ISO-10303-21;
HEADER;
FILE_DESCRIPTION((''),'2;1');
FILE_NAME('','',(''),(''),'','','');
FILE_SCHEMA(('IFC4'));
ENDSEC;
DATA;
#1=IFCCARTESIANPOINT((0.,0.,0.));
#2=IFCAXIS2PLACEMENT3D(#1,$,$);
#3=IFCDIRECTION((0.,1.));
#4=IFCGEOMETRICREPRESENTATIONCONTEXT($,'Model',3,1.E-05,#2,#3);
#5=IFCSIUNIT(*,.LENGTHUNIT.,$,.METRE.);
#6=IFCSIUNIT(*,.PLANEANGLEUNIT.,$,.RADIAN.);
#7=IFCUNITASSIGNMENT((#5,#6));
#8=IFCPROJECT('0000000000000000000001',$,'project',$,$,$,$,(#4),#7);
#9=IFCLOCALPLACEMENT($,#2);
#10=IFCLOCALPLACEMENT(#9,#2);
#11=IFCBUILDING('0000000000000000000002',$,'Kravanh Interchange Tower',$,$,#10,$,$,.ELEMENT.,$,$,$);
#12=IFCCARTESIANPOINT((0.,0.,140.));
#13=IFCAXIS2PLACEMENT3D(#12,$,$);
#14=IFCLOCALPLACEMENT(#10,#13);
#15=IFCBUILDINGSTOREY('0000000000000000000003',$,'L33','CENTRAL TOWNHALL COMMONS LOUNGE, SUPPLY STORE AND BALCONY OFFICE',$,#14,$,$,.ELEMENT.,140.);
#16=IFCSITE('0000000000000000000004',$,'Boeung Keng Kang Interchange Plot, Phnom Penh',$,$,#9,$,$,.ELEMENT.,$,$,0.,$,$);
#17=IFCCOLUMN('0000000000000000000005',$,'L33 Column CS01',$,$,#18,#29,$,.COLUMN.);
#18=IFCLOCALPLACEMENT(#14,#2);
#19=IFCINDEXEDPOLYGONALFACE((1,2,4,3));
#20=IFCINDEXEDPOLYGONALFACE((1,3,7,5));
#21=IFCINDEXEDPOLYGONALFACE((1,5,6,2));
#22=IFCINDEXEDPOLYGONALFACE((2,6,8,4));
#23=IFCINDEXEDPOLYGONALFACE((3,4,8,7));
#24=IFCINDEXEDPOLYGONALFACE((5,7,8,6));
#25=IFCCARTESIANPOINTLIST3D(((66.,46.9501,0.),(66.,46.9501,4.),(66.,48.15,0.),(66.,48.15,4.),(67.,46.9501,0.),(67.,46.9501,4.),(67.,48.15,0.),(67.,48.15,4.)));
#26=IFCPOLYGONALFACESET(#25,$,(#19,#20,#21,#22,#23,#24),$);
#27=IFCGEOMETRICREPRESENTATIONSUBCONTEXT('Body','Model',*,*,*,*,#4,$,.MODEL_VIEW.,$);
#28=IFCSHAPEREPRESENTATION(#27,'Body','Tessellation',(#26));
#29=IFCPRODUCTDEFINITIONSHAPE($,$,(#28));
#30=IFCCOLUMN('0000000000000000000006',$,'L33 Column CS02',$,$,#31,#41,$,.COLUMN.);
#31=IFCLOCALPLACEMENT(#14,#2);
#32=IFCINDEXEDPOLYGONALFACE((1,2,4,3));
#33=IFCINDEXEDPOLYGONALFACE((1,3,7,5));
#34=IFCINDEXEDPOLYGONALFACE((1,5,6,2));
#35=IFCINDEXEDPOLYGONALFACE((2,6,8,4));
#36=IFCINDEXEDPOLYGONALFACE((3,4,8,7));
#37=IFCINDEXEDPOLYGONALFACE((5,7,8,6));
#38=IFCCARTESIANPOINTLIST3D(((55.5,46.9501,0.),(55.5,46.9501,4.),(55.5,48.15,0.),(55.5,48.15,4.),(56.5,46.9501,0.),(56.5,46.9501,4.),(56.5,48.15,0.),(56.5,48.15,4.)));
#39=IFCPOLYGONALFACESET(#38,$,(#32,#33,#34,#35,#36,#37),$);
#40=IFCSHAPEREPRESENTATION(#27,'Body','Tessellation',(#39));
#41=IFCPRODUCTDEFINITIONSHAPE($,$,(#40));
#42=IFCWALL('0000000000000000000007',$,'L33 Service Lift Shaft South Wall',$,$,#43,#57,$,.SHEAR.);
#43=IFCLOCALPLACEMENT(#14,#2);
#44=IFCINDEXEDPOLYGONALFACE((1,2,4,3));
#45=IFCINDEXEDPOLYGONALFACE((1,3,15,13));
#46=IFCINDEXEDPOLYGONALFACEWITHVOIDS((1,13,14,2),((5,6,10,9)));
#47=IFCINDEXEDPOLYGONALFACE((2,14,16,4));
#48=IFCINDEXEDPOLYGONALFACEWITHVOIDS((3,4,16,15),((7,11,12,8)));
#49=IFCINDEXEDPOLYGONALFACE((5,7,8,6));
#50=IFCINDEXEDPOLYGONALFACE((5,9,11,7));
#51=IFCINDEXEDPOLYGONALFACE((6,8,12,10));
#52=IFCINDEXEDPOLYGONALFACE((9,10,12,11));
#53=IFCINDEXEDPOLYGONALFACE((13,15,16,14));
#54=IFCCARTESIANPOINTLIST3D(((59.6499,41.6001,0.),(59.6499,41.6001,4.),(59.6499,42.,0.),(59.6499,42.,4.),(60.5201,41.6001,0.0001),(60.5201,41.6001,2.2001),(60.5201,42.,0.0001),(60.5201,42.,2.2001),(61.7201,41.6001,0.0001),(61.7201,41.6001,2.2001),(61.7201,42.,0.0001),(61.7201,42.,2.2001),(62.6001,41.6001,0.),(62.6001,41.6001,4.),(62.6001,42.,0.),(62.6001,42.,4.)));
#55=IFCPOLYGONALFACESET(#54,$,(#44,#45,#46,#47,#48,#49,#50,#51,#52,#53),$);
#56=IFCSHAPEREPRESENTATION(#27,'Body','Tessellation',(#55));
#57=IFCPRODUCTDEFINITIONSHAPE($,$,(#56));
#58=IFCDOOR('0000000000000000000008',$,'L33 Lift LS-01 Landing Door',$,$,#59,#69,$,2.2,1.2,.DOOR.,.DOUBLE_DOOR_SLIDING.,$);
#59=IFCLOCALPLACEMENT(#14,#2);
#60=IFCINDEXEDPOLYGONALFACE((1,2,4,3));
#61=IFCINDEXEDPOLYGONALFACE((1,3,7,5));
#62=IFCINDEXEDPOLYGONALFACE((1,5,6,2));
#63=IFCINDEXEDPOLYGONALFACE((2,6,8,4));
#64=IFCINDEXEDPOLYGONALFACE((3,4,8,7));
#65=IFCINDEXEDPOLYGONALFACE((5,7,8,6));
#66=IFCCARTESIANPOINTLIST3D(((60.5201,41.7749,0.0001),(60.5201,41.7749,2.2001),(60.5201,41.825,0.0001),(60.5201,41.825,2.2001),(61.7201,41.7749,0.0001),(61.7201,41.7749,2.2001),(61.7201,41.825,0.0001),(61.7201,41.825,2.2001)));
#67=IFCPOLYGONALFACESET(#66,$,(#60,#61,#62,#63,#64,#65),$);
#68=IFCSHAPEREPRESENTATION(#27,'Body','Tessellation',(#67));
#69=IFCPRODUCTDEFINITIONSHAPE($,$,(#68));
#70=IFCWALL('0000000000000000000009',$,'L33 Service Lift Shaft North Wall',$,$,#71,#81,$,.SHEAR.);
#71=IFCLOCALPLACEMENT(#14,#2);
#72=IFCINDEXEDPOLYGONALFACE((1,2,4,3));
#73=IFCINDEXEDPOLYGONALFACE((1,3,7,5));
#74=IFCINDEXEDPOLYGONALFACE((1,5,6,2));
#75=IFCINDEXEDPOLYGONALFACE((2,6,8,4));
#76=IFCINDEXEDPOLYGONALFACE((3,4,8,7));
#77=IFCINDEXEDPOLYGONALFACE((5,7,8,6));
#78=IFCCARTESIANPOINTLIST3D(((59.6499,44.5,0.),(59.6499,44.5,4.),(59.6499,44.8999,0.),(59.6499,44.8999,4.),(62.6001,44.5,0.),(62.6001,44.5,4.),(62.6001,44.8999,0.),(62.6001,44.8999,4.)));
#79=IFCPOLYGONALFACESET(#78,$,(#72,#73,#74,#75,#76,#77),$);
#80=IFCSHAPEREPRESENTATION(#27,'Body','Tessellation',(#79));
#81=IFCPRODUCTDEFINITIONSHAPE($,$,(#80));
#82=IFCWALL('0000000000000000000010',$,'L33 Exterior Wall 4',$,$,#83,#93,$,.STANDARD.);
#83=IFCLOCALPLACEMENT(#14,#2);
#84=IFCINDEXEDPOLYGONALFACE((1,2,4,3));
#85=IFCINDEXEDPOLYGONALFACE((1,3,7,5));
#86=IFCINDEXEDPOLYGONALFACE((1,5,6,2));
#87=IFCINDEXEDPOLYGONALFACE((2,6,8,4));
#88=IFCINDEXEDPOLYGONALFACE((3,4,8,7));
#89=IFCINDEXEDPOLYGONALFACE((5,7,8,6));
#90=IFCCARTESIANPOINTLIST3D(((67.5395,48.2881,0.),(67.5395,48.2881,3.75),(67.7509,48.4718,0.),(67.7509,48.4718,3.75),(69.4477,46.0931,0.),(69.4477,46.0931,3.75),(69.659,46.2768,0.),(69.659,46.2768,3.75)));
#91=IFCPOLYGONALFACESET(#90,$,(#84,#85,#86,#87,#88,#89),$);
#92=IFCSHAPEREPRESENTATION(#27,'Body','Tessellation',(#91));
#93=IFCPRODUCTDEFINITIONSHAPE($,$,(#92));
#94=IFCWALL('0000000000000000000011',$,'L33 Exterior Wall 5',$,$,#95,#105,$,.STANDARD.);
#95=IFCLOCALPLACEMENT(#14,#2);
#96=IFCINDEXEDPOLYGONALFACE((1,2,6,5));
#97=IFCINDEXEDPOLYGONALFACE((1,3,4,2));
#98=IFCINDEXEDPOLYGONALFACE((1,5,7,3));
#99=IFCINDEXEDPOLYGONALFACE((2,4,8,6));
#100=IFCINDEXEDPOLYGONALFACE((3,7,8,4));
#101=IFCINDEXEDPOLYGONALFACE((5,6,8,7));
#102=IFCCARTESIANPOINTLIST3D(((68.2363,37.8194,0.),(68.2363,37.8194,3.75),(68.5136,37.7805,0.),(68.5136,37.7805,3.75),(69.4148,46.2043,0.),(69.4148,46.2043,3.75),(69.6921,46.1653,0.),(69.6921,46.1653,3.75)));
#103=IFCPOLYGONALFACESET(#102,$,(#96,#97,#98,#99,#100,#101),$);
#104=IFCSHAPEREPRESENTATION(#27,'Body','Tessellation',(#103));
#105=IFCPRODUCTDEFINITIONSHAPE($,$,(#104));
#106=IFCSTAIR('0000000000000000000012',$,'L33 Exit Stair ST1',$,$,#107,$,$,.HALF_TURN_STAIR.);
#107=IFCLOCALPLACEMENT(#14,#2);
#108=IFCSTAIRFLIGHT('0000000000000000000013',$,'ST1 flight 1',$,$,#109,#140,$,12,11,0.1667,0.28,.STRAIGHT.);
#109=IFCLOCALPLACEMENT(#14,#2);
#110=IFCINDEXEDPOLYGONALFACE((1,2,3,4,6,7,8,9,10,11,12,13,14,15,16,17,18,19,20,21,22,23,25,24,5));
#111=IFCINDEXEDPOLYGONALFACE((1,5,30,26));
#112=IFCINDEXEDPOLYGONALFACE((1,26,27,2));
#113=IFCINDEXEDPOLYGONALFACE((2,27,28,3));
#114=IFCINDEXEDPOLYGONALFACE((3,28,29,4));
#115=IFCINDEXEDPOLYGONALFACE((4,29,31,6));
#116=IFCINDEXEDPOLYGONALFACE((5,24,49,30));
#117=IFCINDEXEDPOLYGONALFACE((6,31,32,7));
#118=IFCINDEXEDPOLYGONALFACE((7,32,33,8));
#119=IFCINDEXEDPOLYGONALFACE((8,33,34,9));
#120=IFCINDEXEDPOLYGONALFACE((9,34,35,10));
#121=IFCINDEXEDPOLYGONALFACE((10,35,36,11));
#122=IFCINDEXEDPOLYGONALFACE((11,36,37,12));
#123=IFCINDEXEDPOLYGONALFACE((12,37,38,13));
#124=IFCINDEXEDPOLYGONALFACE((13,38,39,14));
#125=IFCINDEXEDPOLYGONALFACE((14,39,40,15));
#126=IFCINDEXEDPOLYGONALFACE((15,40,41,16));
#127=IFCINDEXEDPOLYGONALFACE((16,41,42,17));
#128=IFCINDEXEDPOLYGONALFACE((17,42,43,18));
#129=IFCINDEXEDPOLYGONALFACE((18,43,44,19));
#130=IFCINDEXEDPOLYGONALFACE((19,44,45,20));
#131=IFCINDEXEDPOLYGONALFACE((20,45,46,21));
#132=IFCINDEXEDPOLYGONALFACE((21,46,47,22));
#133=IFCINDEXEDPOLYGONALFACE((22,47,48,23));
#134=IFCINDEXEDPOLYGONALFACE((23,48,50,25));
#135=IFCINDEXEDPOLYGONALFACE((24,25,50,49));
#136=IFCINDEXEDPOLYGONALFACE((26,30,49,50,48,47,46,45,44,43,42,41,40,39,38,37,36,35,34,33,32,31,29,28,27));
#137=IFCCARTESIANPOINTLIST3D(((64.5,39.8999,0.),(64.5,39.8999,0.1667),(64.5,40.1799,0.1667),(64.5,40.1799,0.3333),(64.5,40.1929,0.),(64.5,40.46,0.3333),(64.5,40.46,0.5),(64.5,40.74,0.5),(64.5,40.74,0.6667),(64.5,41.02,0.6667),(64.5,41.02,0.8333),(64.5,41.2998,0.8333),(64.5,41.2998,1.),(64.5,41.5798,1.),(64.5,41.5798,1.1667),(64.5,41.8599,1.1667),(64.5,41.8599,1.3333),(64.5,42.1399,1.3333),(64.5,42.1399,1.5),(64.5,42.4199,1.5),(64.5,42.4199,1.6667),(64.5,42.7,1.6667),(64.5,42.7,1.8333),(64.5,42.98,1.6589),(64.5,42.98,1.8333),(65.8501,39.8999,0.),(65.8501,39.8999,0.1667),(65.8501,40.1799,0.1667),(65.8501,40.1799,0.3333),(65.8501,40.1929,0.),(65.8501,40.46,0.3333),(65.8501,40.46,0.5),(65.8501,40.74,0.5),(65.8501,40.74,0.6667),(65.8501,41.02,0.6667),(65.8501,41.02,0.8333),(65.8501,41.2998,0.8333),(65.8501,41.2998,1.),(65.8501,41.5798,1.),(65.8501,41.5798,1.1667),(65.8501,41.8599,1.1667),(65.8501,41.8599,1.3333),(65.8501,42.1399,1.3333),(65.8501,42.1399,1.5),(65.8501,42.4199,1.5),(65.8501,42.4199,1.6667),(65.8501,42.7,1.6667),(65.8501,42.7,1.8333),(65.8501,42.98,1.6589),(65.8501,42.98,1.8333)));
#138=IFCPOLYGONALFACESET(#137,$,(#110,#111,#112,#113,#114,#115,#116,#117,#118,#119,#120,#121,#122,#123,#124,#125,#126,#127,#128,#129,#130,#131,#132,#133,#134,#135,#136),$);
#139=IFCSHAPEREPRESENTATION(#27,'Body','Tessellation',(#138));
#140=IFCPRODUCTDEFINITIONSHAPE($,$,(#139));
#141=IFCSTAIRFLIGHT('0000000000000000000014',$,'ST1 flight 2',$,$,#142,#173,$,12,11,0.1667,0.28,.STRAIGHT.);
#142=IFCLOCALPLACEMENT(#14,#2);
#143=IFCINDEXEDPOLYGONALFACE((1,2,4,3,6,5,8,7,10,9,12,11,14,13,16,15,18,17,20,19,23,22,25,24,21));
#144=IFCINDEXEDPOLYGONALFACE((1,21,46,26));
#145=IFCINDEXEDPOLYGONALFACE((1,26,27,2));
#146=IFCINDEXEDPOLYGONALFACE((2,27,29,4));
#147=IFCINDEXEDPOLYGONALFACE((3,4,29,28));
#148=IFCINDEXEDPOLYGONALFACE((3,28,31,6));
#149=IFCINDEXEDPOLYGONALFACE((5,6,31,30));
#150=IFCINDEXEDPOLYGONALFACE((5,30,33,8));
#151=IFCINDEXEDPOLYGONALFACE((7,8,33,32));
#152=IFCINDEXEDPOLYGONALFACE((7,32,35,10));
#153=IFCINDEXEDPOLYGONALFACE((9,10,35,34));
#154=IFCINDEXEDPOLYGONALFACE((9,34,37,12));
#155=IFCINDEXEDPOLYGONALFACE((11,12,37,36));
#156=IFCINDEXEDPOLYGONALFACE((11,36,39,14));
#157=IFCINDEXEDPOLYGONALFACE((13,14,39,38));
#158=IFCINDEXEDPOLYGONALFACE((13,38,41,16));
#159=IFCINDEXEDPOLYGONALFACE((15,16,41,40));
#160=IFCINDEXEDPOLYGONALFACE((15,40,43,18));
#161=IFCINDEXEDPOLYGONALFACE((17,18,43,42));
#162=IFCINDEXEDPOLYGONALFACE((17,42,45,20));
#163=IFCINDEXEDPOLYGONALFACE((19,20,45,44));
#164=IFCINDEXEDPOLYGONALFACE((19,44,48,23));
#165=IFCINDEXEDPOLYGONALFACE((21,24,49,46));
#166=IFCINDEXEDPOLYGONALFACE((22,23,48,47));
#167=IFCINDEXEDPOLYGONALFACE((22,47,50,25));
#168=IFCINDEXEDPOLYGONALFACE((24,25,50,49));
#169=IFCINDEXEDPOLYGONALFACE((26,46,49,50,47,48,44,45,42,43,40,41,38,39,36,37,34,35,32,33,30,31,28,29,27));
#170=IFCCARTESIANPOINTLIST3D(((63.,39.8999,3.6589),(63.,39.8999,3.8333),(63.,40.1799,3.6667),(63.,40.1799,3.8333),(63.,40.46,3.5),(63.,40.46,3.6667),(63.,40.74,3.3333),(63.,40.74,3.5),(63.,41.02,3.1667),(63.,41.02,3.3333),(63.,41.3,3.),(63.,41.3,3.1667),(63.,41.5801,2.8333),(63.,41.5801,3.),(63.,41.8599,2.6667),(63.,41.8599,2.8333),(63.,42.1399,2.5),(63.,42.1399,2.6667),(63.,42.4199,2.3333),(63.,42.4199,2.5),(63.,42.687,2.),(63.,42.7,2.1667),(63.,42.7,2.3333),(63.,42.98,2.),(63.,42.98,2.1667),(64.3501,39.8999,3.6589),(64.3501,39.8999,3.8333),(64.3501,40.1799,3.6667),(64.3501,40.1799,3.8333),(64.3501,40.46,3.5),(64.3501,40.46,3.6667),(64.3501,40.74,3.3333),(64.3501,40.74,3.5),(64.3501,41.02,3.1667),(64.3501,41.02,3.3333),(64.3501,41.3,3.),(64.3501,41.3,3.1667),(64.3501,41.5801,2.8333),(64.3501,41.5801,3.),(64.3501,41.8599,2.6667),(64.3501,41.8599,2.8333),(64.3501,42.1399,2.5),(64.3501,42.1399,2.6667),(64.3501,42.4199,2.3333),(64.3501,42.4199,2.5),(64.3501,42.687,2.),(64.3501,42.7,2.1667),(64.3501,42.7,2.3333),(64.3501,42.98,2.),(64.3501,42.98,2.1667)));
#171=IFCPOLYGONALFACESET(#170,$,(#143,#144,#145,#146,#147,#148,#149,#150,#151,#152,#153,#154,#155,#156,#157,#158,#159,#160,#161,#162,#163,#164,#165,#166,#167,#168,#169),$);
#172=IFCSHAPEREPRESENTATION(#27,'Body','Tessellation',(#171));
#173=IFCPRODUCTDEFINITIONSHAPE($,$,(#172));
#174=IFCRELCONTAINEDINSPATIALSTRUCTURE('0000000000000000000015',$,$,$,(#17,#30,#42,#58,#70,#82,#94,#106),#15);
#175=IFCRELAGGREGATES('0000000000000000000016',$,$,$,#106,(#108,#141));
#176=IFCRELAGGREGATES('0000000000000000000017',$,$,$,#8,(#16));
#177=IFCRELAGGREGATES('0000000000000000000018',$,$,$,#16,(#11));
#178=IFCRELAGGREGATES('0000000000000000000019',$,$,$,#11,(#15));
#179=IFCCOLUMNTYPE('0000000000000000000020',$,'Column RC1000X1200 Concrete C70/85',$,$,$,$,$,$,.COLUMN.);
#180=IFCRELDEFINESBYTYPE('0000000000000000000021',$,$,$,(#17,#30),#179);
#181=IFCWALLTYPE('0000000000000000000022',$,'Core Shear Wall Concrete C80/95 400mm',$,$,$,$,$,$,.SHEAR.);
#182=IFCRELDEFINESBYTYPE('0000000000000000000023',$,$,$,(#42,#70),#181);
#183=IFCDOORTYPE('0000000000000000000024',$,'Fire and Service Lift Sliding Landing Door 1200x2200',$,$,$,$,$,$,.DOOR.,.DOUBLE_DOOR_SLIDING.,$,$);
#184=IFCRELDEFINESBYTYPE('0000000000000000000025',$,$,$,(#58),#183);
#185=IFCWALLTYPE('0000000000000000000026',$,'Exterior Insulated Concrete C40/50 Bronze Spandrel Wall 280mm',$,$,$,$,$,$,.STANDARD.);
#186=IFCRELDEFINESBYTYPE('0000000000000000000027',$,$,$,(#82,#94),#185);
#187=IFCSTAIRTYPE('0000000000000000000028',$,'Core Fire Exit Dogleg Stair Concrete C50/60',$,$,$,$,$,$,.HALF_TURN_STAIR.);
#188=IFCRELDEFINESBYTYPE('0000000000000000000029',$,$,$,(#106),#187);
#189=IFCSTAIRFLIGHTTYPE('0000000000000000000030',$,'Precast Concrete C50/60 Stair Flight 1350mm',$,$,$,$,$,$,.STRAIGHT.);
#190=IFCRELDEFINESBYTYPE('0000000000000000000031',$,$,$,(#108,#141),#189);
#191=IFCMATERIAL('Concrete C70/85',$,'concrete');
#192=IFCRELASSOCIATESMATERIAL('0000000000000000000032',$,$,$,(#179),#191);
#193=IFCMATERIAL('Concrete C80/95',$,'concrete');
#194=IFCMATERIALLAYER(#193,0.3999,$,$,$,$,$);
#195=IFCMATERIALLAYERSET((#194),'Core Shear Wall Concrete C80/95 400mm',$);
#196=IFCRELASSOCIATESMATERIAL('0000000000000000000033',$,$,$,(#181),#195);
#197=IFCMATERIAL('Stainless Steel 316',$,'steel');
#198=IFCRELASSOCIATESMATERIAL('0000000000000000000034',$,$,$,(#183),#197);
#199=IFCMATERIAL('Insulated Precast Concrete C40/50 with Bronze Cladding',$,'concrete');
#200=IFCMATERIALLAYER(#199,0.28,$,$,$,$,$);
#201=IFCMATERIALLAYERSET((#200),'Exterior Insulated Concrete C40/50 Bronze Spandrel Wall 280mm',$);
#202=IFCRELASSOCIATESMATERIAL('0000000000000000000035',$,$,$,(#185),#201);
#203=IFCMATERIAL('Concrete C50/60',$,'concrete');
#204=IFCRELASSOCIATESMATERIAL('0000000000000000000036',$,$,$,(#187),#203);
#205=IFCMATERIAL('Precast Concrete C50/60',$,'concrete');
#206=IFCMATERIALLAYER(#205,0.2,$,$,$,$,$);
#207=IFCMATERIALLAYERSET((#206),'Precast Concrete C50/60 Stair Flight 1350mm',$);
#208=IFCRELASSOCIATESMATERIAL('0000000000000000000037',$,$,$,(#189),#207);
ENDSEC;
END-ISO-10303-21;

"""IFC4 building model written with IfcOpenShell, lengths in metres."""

from ifc_helpers import new_model, si_unit, direction, frame, frame_2d, origin, origin_2d, place, context, subcontext, project, spatial, polyline, rectangle, outline, extrude, material, layer, layer_set, material_profile, profile_set, type_object, element, fill, aggregate, save


model = new_model("IFC4")

# Units and contexts
model_context = context("Model", 3, precision=1e-05, world=origin(), true_north=direction((0.0, 1.0)))
body_context = subcontext(model_context, "Body", "Model", "MODEL_VIEW")
ifc_project = project(units=[si_unit("LENGTHUNIT", "METRE"), si_unit("PLANEANGLEUNIT", "RADIAN")], contexts=[model_context])

# Site, building, storey
site_placement = place(None, origin())
site = spatial("IfcSite", under=ifc_project, at=site_placement, Name="Boeung Keng Kang Interchange Plot, Phnom Penh", CompositionType="ELEMENT", RefElevation=0.0)
building_placement = place(site_placement, origin())
building = spatial("IfcBuilding", under=site, at=building_placement, Name="Kravanh Interchange Tower", CompositionType="ELEMENT")
storey_placement = place(building_placement, frame((0.0, 0.0, 140.0)))
storey = spatial("IfcBuildingStorey", under=building, at=storey_placement, Name="L33", Description="CENTRAL TOWNHALL COMMONS LOUNGE, SUPPLY STORE AND BALCONY OFFICE", CompositionType="ELEMENT", Elevation=140.0)

# Columns
ifc_material_1 = material(Name="Concrete C70/85", Category="concrete")
ifc_material_profile = material_profile(ifc_material_1, rectangle(XDim=1.0, YDim=1.2, at=origin_2d()), Name="RC1000X1200")
ifc_profile_set = profile_set([ifc_material_profile], Name="Concrete C70/85")
column_type = type_object("IfcColumnType", Name="Column RC1000X1200 Concrete C70/85", PredefinedType="COLUMN", material=ifc_profile_set)
for number, where, z_axis, x_axis, name in (
    (1, (66.5, 47.55, 0.0), (0.0, 0.0, 1.0), (1.0, 0.0, 0.0), "L33 Column CS01"),
    (2, (56.0, 47.55, 0.0), (0.0, 0.0, 1.0), (1.0, 0.0, 0.0), "L33 Column CS02"),
):
    element("IfcColumn", number, at=place(storey_placement, frame(where, z_axis=z_axis, x_axis=x_axis)), inside=storey, type_object=column_type, Name=name, PredefinedType="COLUMN", context=body_context, shape_type="SweptSolid", body=[
        extrude(rectangle(XDim=1.0, YDim=1.2, at=origin_2d()), origin(), (0.0, 0.0, 1.0), 4.0),
    ])

# Wall, opening, door
ifc_material_2 = material(Name="Concrete C80/95", Category="concrete")
ifc_layer_1 = layer(ifc_material_2, 0.3999)
ifc_layer_set_1 = layer_set([ifc_layer_1], Name="Core Shear Wall Concrete C80/95 400mm")
wall_type_1 = type_object("IfcWallType", Name="Core Shear Wall Concrete C80/95 400mm", PredefinedType="SHEAR", material=ifc_layer_set_1)
wall_1_placement = place(storey_placement, frame((59.6499, 41.8, 0.0), z_axis=(0.0, 0.0, 1.0), x_axis=(1.0, 0.0, 0.0)))
wall_1 = element("IfcWall", 3, at=wall_1_placement, inside=storey, type_object=wall_type_1, Name="L33 Service Lift Shaft South Wall", PredefinedType="SHEAR", context=body_context, shape_type="SweptSolid", body=[
    extrude(rectangle(XDim=2.9502, YDim=0.3999, at=frame_2d((1.4751, 0.0))), origin(), (0.0, 0.0, 1.0), 4.0),
])
opening_placement = place(wall_1_placement, frame((0.8701, 0.0, 0.0)))
opening = element("IfcOpeningElement", 4, at=opening_placement, cuts=wall_1, PredefinedType="OPENING", context=body_context, shape_type="SweptSolid", body=[
    extrude(rectangle(XDim=1.2, YDim=2.2, at=frame_2d((0.6001, 1.1001))), frame((0.0, 0.21, 0.0), z_axis=(0.0, -1.0, 0.0), x_axis=(1.0, 0.0, 0.0)), (0.0, 0.0, 1.0), 0.4199),
])
ifc_material_3 = material(Name="Stainless Steel 316", Category="steel")
door_type = type_object("IfcDoorType", Name="Fire and Service Lift Sliding Landing Door 1200x2200", OperationType="DOUBLE_DOOR_SLIDING", PredefinedType="DOOR", material=ifc_material_3)
door_placement = place(opening_placement, origin())
door = element("IfcDoor", 5, at=door_placement, inside=storey, type_object=door_type, Name="L33 Lift LS-01 Landing Door", OperationType="DOUBLE_DOOR_SLIDING", OverallHeight=2.2, OverallWidth=1.2, PredefinedType="DOOR", context=body_context, shape_type="SweptSolid", body=[
    extrude(rectangle(XDim=1.2, YDim=2.2, at=frame_2d((0.6001, 1.1001))), frame((0.0, 0.0249, 0.0), z_axis=(0.0, -1.0, 0.0), x_axis=(1.0, 0.0, 0.0)), (0.0, 0.0, 1.0), 0.05),
])
fill(opening, door)

# Walls
wall_2_placement = place(storey_placement, frame((59.6499, 44.7, 0.0), z_axis=(0.0, 0.0, 1.0), x_axis=(1.0, 0.0, 0.0)))
element("IfcWall", 6, at=wall_2_placement, inside=storey, type_object=wall_type_1, Name="L33 Service Lift Shaft North Wall", PredefinedType="SHEAR", context=body_context, shape_type="SweptSolid", body=[
    extrude(rectangle(XDim=2.9502, YDim=0.3999, at=frame_2d((1.4751, 0.0))), origin(), (0.0, 0.0, 1.0), 4.0),
])
ifc_material_4 = material(Name="Insulated Precast Concrete C40/50 with Bronze Cladding", Category="concrete")
ifc_layer_2 = layer(ifc_material_4, 0.28)
ifc_layer_set_2 = layer_set([ifc_layer_2], Name="Exterior Insulated Concrete C40/50 Bronze Spandrel Wall 280mm")
wall_type_2 = type_object("IfcWallType", Name="Exterior Insulated Concrete C40/50 Bronze Spandrel Wall 280mm", PredefinedType="STANDARD", material=ifc_layer_set_2)
wall_3_placement = place(storey_placement, frame((67.6453, 48.3799, 0.0), z_axis=(0.0, 0.0, 1.0), x_axis=(0.656071, -0.754699, 0.0)))
element("IfcWall", 7, at=wall_3_placement, inside=storey, type_object=wall_type_2, Name="L33 Exterior Wall 4", PredefinedType="STANDARD", context=body_context, shape_type="SweptSolid", body=[
    extrude(rectangle(XDim=2.9084, YDim=0.28, at=frame_2d((1.4541, 0.0))), origin(), (0.0, 0.0, 1.0), 3.75),
])
wall_4_placement = place(storey_placement, frame((69.5535, 46.1848, 0.0), z_axis=(0.0, 0.0, 1.0), x_axis=(-0.139181, -0.990267, 0.0)))
element("IfcWall", 8, at=wall_4_placement, inside=storey, type_object=wall_type_2, Name="L33 Exterior Wall 5", PredefinedType="STANDARD", context=body_context, shape_type="SweptSolid", body=[
    extrude(rectangle(XDim=8.4673, YDim=0.28, at=frame_2d((4.2336, 0.0))), origin(), (0.0, 0.0, 1.0), 3.75),
])

# Stair, stair flights
ifc_material_5 = material(Name="Concrete C50/60", Category="concrete")
stair_type = type_object("IfcStairType", Name="Core Fire Exit Dogleg Stair Concrete C50/60", PredefinedType="HALF_TURN_STAIR", material=ifc_material_5)
stair_1_placement = place(storey_placement, origin())
stair_1 = element("IfcStair", 9, at=stair_1_placement, inside=storey, type_object=stair_type, Name="L33 Exit Stair ST1", PredefinedType="HALF_TURN_STAIR")
ifc_material_6 = material(Name="Precast Concrete C50/60", Category="concrete")
ifc_layer_3 = layer(ifc_material_6, 0.2)
ifc_layer_set_3 = layer_set([ifc_layer_3], Name="Precast Concrete C50/60 Stair Flight 1350mm")
stair_flight_type = type_object("IfcStairFlightType", Name="Precast Concrete C50/60 Stair Flight 1350mm", PredefinedType="STRAIGHT", material=ifc_layer_set_3)
stair_flight_1_placement = place(storey_placement, frame((65.175, 39.8999, 0.0), z_axis=(0.0, 0.0, 1.0), x_axis=(0.0, 1.0, 0.0)))
stair_flight_1 = element("IfcStairFlight", 10, at=stair_flight_1_placement, type_object=stair_flight_type, Name="ST1 flight 1", NumberOfRisers=12, NumberOfTreads=11, PredefinedType="STRAIGHT", RiserHeight=0.1667, TreadLength=0.28, context=body_context, shape_type="SweptSolid", body=[
    extrude(outline(polyline([(0.0, 0.0), (0.0, 0.1667), (0.28, 0.1667), (0.28, 0.3333), (0.5601, 0.3333), (0.5601, 0.5), (0.8401, 0.5), (0.8401, 0.6667), (1.1201, 0.6667), (1.1201, 0.8333), (1.3999, 0.8333), (1.3999, 1.0), (1.6799, 1.0), (1.6799, 1.1667), (1.96, 1.1667), (1.96, 1.3333), (2.24, 1.3333), (2.24, 1.5), (2.52, 1.5), (2.52, 1.6667), (2.8, 1.6667), (2.8, 1.8333), (3.0801, 1.8333), (3.0801, 2.0), (3.0801, 1.6589), (0.293, 0.0), (0.0, 0.0)])), frame((0.0, 0.675, 0.0), z_axis=(0.0, -1.0, 0.0), x_axis=(1.0, 0.0, 0.0)), (0.0, 0.0, 1.0), 1.3501),
])
stair_flight_2_placement = place(storey_placement, frame((63.675, 42.98, 2.0), z_axis=(0.0, 0.0, 1.0), x_axis=(0.0, -1.0, 0.0)))
stair_flight_2 = element("IfcStairFlight", 11, at=stair_flight_2_placement, type_object=stair_flight_type, Name="ST1 flight 2", NumberOfRisers=12, NumberOfTreads=11, PredefinedType="STRAIGHT", RiserHeight=0.1667, TreadLength=0.28, context=body_context, shape_type="SweptSolid", body=[
    extrude(outline(polyline([(0.0, 0.0), (0.0, 0.1667), (0.28, 0.1667), (0.28, 0.3333), (0.5601, 0.3333), (0.5601, 0.5), (0.8401, 0.5), (0.8401, 0.6667), (1.1201, 0.6667), (1.1201, 0.8333), (1.3999, 0.8333), (1.3999, 1.0), (1.6799, 1.0), (1.6799, 1.1667), (1.96, 1.1667), (1.96, 1.3333), (2.24, 1.3333), (2.24, 1.5), (2.52, 1.5), (2.52, 1.6667), (2.8, 1.6667), (2.8, 1.8333), (3.0801, 1.8333), (3.0801, 2.0), (3.0801, 1.6589), (0.293, 0.0), (0.0, 0.0)])), frame((0.0, 0.675, 0.0), z_axis=(0.0, -1.0, 0.0), x_axis=(1.0, 0.0, 0.0)), (0.0, 0.0, 1.0), 1.3501),
])
aggregate(stair_1, [stair_flight_1, stair_flight_2])

save(model, "model.ifc")
